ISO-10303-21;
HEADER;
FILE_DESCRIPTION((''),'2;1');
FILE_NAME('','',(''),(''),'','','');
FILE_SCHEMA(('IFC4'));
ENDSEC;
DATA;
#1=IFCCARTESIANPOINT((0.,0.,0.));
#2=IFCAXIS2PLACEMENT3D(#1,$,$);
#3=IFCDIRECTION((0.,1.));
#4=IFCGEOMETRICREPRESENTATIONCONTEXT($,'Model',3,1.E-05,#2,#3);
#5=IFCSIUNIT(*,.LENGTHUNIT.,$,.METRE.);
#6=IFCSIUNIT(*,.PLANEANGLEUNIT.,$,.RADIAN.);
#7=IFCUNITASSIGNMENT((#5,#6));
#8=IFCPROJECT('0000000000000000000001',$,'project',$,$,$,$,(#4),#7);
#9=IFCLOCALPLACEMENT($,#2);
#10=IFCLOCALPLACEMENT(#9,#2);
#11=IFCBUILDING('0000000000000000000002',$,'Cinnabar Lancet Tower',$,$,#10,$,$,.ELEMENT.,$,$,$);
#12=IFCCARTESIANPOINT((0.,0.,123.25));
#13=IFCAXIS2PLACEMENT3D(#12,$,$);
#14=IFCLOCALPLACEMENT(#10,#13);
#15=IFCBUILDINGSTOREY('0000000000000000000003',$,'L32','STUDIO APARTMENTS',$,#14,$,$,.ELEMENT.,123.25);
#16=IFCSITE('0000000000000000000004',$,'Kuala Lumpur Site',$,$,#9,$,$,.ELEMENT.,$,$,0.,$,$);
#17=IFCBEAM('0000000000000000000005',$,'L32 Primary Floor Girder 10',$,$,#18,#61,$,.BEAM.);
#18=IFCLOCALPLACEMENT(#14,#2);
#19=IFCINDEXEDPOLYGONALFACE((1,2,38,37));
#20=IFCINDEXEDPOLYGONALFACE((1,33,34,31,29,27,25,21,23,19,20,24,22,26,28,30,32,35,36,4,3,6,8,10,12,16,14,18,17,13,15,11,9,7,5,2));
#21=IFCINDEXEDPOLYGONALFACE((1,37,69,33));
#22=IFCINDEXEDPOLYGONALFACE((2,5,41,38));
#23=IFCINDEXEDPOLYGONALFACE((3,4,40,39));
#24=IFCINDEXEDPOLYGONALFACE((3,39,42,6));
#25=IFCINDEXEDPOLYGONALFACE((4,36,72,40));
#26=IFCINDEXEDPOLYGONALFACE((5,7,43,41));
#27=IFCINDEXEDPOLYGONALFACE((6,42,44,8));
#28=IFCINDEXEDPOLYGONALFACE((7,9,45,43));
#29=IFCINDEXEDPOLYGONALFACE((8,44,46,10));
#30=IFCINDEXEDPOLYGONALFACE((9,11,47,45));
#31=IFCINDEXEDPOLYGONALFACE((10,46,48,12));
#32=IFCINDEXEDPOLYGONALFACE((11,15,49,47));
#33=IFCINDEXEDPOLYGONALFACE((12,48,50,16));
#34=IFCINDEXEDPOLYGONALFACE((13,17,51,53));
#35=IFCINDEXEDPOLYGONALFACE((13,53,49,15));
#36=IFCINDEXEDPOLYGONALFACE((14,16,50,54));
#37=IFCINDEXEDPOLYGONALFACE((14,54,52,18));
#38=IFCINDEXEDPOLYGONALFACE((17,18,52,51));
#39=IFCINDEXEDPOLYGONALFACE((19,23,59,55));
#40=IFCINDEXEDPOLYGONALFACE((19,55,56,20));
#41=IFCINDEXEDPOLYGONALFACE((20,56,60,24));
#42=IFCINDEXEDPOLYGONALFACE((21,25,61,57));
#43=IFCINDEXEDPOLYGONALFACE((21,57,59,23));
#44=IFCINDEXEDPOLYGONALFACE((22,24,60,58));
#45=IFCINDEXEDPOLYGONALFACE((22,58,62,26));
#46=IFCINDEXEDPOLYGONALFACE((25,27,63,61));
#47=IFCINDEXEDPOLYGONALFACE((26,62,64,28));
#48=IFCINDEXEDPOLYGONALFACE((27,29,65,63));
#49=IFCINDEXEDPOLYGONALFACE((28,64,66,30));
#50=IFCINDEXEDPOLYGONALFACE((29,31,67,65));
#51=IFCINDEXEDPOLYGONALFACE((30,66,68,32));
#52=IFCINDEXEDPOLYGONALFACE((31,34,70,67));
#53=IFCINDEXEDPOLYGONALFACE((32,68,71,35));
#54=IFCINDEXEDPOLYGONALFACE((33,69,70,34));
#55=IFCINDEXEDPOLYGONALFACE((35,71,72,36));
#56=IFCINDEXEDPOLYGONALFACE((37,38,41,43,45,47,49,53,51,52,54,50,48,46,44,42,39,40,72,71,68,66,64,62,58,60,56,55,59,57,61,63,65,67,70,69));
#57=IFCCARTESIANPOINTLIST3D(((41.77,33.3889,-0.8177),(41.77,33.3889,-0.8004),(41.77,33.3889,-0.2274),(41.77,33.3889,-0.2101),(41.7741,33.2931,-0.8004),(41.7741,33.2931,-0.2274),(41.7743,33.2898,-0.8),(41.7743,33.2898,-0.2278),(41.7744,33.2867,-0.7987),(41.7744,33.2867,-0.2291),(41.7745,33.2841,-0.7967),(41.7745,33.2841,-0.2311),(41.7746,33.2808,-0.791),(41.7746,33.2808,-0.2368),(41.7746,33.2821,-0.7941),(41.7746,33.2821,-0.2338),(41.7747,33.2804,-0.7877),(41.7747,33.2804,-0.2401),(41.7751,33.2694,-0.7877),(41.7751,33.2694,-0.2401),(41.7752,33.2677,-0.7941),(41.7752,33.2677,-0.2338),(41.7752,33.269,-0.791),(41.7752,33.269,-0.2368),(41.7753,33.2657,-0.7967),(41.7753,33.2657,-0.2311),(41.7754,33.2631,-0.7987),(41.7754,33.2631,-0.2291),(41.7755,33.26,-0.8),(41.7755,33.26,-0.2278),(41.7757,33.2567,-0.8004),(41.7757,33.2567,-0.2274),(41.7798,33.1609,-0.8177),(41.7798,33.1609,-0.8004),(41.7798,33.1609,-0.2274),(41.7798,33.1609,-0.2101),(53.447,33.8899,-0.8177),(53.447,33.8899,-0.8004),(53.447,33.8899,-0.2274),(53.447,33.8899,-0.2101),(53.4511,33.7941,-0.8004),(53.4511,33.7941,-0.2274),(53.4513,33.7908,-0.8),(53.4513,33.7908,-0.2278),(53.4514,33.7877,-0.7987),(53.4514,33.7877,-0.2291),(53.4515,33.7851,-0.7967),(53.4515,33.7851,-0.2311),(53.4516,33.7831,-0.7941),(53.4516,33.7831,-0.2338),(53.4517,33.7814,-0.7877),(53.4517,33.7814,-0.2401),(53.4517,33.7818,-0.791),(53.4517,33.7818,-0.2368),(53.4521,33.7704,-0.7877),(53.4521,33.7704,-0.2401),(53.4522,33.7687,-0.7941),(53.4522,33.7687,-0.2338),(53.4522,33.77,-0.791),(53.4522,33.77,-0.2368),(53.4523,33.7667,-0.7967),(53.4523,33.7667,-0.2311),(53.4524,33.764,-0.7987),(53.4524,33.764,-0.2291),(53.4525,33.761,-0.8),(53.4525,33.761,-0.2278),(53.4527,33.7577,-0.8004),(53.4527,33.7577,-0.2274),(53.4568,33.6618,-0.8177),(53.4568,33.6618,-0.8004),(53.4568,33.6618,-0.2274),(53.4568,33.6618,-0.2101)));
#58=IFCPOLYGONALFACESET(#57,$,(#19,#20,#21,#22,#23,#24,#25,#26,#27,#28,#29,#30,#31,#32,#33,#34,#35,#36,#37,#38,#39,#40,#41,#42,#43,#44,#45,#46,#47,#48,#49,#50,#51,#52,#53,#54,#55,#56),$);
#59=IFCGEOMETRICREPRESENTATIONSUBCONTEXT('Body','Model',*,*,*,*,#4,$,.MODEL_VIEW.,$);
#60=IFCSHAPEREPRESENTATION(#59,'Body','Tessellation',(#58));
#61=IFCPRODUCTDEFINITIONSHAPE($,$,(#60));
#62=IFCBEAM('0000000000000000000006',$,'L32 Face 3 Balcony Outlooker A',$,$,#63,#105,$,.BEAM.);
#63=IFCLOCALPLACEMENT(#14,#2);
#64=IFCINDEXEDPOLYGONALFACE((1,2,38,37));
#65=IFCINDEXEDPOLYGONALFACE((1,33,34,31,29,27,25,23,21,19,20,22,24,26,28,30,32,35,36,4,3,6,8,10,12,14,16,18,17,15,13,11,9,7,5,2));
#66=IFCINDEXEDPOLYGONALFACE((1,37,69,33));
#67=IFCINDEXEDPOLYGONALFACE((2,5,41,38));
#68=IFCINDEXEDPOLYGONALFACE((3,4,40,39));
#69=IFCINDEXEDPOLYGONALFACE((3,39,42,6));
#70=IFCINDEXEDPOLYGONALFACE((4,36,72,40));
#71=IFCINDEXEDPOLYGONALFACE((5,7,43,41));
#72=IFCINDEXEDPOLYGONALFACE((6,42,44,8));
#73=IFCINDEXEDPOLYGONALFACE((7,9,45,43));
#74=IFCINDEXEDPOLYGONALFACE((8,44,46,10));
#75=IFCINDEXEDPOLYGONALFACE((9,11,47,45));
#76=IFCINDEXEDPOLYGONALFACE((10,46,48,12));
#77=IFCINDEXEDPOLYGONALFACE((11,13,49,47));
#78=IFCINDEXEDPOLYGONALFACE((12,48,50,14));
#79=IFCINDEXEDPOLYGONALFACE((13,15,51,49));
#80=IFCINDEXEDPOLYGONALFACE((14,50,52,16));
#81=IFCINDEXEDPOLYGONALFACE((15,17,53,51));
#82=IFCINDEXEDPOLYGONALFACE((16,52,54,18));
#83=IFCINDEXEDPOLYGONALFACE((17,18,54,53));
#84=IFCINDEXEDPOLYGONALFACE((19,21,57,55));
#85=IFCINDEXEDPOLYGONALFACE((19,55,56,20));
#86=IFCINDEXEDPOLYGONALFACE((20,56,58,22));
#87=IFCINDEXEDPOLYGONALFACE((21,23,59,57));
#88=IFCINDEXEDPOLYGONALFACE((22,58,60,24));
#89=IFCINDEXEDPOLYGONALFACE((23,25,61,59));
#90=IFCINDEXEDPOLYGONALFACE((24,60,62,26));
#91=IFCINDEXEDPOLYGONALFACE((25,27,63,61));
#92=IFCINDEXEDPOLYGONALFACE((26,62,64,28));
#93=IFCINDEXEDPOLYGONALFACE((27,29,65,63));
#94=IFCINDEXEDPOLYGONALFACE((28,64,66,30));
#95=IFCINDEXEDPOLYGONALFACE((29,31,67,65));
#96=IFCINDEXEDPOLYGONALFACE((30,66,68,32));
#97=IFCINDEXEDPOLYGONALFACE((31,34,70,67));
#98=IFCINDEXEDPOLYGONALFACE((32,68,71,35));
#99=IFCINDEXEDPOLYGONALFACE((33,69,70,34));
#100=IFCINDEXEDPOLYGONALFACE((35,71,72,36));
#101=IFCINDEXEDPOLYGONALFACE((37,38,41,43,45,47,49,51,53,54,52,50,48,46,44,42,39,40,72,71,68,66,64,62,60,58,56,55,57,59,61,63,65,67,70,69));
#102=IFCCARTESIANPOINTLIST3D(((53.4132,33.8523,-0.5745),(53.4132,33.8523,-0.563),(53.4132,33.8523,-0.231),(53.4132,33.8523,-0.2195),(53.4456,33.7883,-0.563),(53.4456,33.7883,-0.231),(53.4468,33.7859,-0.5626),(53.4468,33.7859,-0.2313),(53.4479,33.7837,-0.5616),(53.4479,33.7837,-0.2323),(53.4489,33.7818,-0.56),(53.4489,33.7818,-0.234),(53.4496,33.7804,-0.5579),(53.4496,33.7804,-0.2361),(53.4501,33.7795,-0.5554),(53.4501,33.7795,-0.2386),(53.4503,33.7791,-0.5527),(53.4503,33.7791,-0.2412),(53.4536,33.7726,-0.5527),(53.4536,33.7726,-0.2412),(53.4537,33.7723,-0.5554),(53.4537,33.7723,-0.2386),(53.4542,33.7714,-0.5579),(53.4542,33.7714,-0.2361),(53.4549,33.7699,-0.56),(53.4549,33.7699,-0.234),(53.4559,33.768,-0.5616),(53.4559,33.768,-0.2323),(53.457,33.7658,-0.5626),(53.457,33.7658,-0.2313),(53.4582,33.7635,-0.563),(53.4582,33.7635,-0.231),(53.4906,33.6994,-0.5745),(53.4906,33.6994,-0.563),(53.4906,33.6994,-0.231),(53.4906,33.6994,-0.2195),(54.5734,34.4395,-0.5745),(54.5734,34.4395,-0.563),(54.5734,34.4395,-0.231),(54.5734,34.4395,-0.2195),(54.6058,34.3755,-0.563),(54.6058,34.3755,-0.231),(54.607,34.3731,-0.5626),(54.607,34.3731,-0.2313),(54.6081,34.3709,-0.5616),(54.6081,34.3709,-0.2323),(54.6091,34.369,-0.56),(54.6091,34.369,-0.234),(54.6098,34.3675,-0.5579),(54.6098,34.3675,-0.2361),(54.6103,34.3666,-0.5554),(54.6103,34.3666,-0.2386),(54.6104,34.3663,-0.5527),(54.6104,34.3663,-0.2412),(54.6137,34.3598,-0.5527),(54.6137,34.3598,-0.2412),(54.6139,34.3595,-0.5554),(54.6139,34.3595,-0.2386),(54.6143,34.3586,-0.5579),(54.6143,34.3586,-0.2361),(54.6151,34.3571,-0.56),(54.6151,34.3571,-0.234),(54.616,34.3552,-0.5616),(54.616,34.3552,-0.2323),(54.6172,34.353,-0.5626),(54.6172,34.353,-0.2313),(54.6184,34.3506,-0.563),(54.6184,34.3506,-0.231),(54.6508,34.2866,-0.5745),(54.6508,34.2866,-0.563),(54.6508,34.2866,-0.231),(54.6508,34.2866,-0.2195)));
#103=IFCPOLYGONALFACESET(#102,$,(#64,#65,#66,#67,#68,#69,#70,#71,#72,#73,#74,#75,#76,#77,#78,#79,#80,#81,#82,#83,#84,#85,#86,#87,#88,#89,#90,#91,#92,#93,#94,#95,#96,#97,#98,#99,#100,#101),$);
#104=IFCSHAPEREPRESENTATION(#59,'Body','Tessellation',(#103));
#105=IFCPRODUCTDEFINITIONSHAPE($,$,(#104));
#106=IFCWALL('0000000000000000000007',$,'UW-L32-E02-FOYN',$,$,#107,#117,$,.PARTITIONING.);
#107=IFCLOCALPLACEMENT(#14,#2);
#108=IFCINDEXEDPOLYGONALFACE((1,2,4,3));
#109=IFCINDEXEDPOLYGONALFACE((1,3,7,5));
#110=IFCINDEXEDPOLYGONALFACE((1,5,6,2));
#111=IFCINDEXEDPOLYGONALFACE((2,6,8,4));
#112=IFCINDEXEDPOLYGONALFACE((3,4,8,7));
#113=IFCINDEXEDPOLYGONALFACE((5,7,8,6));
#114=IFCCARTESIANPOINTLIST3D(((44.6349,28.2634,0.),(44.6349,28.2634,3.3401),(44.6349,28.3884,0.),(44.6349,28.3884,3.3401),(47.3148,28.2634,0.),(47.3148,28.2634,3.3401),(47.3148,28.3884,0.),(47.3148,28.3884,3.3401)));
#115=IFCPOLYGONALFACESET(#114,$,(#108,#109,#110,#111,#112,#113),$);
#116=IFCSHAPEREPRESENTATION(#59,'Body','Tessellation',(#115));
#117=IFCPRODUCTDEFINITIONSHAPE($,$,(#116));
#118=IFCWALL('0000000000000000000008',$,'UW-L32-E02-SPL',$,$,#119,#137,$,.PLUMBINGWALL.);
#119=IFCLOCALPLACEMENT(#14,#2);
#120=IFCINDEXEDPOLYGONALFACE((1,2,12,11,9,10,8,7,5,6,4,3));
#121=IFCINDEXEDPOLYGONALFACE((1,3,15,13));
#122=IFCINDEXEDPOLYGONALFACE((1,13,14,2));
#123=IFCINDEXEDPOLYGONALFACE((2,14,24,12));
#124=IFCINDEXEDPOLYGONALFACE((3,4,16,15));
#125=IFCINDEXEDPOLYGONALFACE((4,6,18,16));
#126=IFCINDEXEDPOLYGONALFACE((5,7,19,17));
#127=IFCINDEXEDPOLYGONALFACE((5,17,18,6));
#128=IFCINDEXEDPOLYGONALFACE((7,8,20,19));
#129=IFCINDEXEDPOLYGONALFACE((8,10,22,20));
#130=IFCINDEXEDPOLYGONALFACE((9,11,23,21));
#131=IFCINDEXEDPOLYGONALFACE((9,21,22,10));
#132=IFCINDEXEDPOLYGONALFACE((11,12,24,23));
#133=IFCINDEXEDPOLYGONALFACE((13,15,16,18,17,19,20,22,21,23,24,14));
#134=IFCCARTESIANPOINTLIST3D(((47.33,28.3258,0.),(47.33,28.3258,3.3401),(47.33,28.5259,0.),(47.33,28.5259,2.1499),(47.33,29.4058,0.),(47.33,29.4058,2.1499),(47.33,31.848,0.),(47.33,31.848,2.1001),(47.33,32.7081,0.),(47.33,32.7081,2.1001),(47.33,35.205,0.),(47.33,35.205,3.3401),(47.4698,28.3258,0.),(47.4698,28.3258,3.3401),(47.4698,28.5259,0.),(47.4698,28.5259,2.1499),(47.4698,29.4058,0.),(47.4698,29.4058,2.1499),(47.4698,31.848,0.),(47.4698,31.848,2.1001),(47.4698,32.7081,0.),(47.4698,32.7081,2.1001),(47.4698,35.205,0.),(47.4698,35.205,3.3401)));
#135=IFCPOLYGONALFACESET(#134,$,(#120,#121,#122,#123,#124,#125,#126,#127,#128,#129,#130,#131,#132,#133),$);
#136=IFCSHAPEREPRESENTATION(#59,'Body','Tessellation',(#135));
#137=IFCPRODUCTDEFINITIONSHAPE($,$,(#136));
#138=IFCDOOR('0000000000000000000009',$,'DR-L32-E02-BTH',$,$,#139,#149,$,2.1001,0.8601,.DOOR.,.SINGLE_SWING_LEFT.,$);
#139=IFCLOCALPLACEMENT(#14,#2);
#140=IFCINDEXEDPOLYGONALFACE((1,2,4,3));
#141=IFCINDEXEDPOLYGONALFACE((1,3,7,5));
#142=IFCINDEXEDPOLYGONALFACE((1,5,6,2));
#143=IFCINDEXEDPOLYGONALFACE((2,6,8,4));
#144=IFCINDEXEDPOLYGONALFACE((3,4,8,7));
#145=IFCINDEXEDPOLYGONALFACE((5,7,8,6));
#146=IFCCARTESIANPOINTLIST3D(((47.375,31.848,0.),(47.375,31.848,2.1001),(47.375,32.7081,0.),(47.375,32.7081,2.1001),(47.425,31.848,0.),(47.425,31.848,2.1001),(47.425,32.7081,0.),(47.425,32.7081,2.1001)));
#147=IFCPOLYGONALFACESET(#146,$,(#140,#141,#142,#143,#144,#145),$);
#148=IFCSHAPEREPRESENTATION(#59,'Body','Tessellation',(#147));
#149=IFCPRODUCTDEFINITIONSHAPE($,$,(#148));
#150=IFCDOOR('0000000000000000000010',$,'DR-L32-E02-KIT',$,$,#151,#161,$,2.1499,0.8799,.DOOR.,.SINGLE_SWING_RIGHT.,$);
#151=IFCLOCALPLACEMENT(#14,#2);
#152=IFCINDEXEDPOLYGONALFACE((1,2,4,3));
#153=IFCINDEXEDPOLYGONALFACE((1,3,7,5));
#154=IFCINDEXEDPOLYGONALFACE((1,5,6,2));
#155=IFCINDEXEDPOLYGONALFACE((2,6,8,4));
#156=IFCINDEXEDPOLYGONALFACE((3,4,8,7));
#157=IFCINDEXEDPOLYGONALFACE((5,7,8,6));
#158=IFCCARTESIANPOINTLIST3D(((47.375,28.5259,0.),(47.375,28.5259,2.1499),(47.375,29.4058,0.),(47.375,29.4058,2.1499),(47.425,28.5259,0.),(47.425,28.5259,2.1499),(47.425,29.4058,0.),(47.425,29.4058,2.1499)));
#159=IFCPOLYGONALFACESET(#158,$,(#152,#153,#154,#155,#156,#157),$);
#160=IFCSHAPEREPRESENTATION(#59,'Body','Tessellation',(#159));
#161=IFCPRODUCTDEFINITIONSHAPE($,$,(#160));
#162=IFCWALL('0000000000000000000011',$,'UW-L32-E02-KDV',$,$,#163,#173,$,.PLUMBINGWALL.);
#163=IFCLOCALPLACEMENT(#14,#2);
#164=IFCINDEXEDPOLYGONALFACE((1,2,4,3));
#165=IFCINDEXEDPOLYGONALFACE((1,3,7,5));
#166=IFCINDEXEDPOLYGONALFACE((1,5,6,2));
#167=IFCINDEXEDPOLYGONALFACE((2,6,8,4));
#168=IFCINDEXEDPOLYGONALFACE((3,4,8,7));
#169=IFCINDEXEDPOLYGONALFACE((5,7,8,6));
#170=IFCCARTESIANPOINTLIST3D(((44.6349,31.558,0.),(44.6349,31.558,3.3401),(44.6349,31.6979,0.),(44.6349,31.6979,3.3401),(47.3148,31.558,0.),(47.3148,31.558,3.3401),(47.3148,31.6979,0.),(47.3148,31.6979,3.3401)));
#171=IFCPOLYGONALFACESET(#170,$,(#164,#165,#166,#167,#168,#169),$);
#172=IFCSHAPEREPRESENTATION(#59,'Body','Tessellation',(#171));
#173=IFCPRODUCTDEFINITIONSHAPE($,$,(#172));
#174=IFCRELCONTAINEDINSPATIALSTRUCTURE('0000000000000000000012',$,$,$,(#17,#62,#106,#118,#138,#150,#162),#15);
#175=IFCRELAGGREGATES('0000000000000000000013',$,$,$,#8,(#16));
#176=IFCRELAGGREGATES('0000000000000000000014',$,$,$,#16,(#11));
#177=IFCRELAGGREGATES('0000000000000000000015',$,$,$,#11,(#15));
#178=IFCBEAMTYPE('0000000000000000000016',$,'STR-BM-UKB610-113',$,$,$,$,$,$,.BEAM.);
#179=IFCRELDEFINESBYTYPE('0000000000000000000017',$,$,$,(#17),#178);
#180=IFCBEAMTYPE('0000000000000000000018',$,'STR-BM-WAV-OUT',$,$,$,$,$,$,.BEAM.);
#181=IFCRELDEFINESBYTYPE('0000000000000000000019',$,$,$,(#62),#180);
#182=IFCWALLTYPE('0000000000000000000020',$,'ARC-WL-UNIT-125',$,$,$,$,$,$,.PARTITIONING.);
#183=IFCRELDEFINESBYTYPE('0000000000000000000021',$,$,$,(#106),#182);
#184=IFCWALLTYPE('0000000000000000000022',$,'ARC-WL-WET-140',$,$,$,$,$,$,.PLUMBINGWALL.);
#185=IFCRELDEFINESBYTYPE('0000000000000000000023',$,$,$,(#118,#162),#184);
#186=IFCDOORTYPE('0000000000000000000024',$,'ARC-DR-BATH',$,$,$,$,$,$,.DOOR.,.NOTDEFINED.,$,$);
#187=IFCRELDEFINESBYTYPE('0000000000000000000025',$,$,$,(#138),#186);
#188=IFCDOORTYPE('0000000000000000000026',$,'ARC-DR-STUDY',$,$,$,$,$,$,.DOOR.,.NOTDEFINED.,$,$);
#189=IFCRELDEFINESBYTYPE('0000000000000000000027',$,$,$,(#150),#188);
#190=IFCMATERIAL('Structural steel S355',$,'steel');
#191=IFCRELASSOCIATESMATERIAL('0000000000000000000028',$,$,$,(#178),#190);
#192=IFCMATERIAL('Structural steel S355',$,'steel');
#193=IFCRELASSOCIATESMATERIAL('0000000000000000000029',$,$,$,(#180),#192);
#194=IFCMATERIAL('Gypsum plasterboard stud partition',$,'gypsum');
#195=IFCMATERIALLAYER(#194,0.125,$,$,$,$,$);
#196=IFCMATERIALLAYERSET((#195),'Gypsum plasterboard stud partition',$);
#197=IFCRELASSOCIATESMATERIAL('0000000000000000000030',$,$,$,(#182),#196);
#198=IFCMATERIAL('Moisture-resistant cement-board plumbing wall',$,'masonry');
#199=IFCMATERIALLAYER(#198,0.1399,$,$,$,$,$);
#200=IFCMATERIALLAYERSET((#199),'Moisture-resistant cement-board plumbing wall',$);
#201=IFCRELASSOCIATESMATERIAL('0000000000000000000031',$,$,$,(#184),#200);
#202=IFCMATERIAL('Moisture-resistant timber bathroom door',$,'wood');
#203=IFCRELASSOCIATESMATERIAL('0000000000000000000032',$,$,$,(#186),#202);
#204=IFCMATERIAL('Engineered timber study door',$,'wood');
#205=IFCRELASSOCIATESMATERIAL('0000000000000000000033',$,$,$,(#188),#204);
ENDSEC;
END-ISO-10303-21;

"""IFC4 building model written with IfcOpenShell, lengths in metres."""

from ifc_helpers import new_model, si_unit, direction, frame, frame_2d, origin, origin_2d, place, context, subcontext, project, spatial, rectangle, i_section, extrude, material, layer, layer_set, material_profile, profile_set, type_object, element, fill, save


model = new_model("IFC4")

# Units and contexts
model_context = context("Model", 3, precision=1e-05, world=origin(), true_north=direction((0.0, 1.0)))
body_context = subcontext(model_context, "Body", "Model", "MODEL_VIEW")
ifc_project = project(units=[si_unit("LENGTHUNIT", "METRE"), si_unit("PLANEANGLEUNIT", "RADIAN")], contexts=[model_context])

# Site, building, storey
site_placement = place(None, origin())
site = spatial("IfcSite", under=ifc_project, at=site_placement, Name="Kuala Lumpur Site", CompositionType="ELEMENT", RefElevation=0.0)
building_placement = place(site_placement, origin())
building = spatial("IfcBuilding", under=site, at=building_placement, Name="Cinnabar Lancet Tower", CompositionType="ELEMENT")
storey_placement = place(building_placement, frame((0.0, 0.0, 123.25)))
storey = spatial("IfcBuildingStorey", under=building, at=storey_placement, Name="L32", Description="STUDIO APARTMENTS", CompositionType="ELEMENT", Elevation=123.25)

# Beams
ifc_material_1 = material(Name="Structural steel S355", Category="steel")
ifc_material_profile_1 = material_profile(ifc_material_1, i_section(OverallWidth=0.2283, OverallDepth=0.6077, WebThickness=0.011, FlangeThickness=0.0173, FilletRadius=0.0127, at=origin_2d()), Name="UKB 610x229x113")
ifc_profile_set_1 = profile_set([ifc_material_profile_1], Name="Structural steel S355")
beam_type_1 = type_object("IfcBeamType", Name="STR-BM-UKB610-113", PredefinedType="BEAM", material=ifc_profile_set_1)
beam_1_placement = place(storey_placement, frame((53.4519, 33.7759, -0.5139), z_axis=(-0.999081, -0.042863, 0.0), x_axis=(0.042863, -0.999081, 0.0)))
element("IfcBeam", 1, at=beam_1_placement, inside=storey, type_object=beam_type_1, Name="L32 Primary Floor Girder 10", PredefinedType="BEAM", context=body_context, shape_type="SweptSolid", body=[
    extrude(i_section(OverallWidth=0.2283, OverallDepth=0.6077, WebThickness=0.011, FlangeThickness=0.0173, FilletRadius=0.0127, at=origin_2d()), origin(), (0.0, 0.0, 1.0), 11.6877),
])
ifc_material_2 = material(Name="Structural steel S355", Category="steel")
ifc_material_profile_2 = material_profile(ifc_material_2, i_section(OverallWidth=0.1714, OverallDepth=0.355, WebThickness=0.0073, FlangeThickness=0.0115, FilletRadius=0.0103, at=origin_2d()), Name="UKB 356x171x51")
ifc_profile_set_2 = profile_set([ifc_material_profile_2], Name="Structural steel S355")
beam_type_2 = type_object("IfcBeamType", Name="STR-BM-WAV-OUT", PredefinedType="BEAM", material=ifc_profile_set_2)
beam_2_placement = place(storey_placement, frame((53.4519, 33.7759, -0.397), z_axis=(0.892239, 0.451564, 0.0), x_axis=(-0.451564, 0.892239, 0.0)))
element("IfcBeam", 2, at=beam_2_placement, inside=storey, type_object=beam_type_2, Name="L32 Face 3 Balcony Outlooker A", PredefinedType="BEAM", context=body_context, shape_type="SweptSolid", body=[
    extrude(i_section(OverallWidth=0.1714, OverallDepth=0.355, WebThickness=0.0073, FlangeThickness=0.0115, FilletRadius=0.0103, at=origin_2d()), origin(), (0.0, 0.0, 1.0), 1.3003),
])

# Wall
ifc_material_3 = material(Name="Gypsum plasterboard stud partition", Category="gypsum")
ifc_layer_1 = layer(ifc_material_3, 0.125)
ifc_layer_set_1 = layer_set([ifc_layer_1], Name="Gypsum plasterboard stud partition")
wall_type_1 = type_object("IfcWallType", Name="ARC-WL-UNIT-125", PredefinedType="PARTITIONING", material=ifc_layer_set_1)
wall_1_placement = place(storey_placement, frame((44.635, 28.3259, 0.0), z_axis=(0.0, 0.0, 1.0), x_axis=(1.0, 0.0, 0.0)))
element("IfcWall", 3, at=wall_1_placement, inside=storey, type_object=wall_type_1, Name="UW-L32-E02-FOYN", PredefinedType="PARTITIONING", context=body_context, shape_type="SweptSolid", body=[
    extrude(rectangle(XDim=2.6799, YDim=0.125, at=frame_2d((1.3398, 0.0))), origin(), (0.0, 0.0, 1.0), 3.3401),
])

# Wall, openings, doors
ifc_material_4 = material(Name="Moisture-resistant cement-board plumbing wall", Category="masonry")
ifc_layer_2 = layer(ifc_material_4, 0.1399)
ifc_layer_set_2 = layer_set([ifc_layer_2], Name="Moisture-resistant cement-board plumbing wall")
wall_type_2 = type_object("IfcWallType", Name="ARC-WL-WET-140", PredefinedType="PLUMBINGWALL", material=ifc_layer_set_2)
wall_2_placement = place(storey_placement, frame((47.3999, 28.3259, 0.0), z_axis=(0.0, 0.0, 1.0), x_axis=(0.0, 1.0, 0.0)))
wall_2 = element("IfcWall", 4, at=wall_2_placement, inside=storey, type_object=wall_type_2, Name="UW-L32-E02-SPL", PredefinedType="PLUMBINGWALL", context=body_context, shape_type="SweptSolid", body=[
    extrude(rectangle(XDim=6.8792, YDim=0.1399, at=frame_2d((3.4395, 0.0))), origin(), (0.0, 0.0, 1.0), 3.3401),
])
opening_1_placement = place(wall_2_placement, frame((3.522, 0.0, 0.0)))
opening_1 = element("IfcOpeningElement", 5, at=opening_1_placement, cuts=wall_2, PredefinedType="OPENING", context=body_context, shape_type="SweptSolid", body=[
    extrude(rectangle(XDim=0.8601, YDim=2.1001, at=frame_2d((0.4302, 1.05))), frame((0.0, 0.0798, 0.0), z_axis=(0.0, -1.0, 0.0), x_axis=(1.0, 0.0, 0.0)), (0.0, 0.0, 1.0), 0.1599),
])
opening_2_placement = place(wall_2_placement, frame((0.2, 0.0, 0.0)))
opening_2 = element("IfcOpeningElement", 6, at=opening_2_placement, cuts=wall_2, PredefinedType="OPENING", context=body_context, shape_type="SweptSolid", body=[
    extrude(rectangle(XDim=0.8799, YDim=2.1499, at=frame_2d((0.4399, 1.075))), frame((0.0, 0.0798, 0.0), z_axis=(0.0, -1.0, 0.0), x_axis=(1.0, 0.0, 0.0)), (0.0, 0.0, 1.0), 0.1599),
])
ifc_material_5 = material(Name="Moisture-resistant timber bathroom door", Category="wood")
door_type_1 = type_object("IfcDoorType", Name="ARC-DR-BATH", OperationType="NOTDEFINED", PredefinedType="DOOR", material=ifc_material_5)
door_1_placement = place(opening_1_placement, origin())
door_1 = element("IfcDoor", 7, at=door_1_placement, inside=storey, type_object=door_type_1, Name="DR-L32-E02-BTH", OperationType="SINGLE_SWING_LEFT", OverallHeight=2.1001, OverallWidth=0.8601, PredefinedType="DOOR", context=body_context, shape_type="SweptSolid", body=[
    extrude(rectangle(XDim=0.8601, YDim=2.1001, at=frame_2d((0.4302, 1.05))), frame((0.0, 0.0249, 0.0), z_axis=(0.0, -1.0, 0.0), x_axis=(1.0, 0.0, 0.0)), (0.0, 0.0, 1.0), 0.05),
])
fill(opening_1, door_1)
ifc_material_6 = material(Name="Engineered timber study door", Category="wood")
door_type_2 = type_object("IfcDoorType", Name="ARC-DR-STUDY", OperationType="NOTDEFINED", PredefinedType="DOOR", material=ifc_material_6)
door_2_placement = place(opening_2_placement, origin())
door_2 = element("IfcDoor", 8, at=door_2_placement, inside=storey, type_object=door_type_2, Name="DR-L32-E02-KIT", OperationType="SINGLE_SWING_RIGHT", OverallHeight=2.1499, OverallWidth=0.8799, PredefinedType="DOOR", context=body_context, shape_type="SweptSolid", body=[
    extrude(rectangle(XDim=0.8799, YDim=2.1499, at=frame_2d((0.4399, 1.075))), frame((0.0, 0.0249, 0.0), z_axis=(0.0, -1.0, 0.0), x_axis=(1.0, 0.0, 0.0)), (0.0, 0.0, 1.0), 0.05),
])
fill(opening_2, door_2)

# Wall
wall_3_placement = place(storey_placement, frame((44.635, 31.6279, 0.0), z_axis=(0.0, 0.0, 1.0), x_axis=(1.0, 0.0, 0.0)))
element("IfcWall", 9, at=wall_3_placement, inside=storey, type_object=wall_type_2, Name="UW-L32-E02-KDV", PredefinedType="PLUMBINGWALL", context=body_context, shape_type="SweptSolid", body=[
    extrude(rectangle(XDim=2.6799, YDim=0.1399, at=frame_2d((1.3398, 0.0))), origin(), (0.0, 0.0, 1.0), 3.3401),
])

save(model, "model.ifc")
